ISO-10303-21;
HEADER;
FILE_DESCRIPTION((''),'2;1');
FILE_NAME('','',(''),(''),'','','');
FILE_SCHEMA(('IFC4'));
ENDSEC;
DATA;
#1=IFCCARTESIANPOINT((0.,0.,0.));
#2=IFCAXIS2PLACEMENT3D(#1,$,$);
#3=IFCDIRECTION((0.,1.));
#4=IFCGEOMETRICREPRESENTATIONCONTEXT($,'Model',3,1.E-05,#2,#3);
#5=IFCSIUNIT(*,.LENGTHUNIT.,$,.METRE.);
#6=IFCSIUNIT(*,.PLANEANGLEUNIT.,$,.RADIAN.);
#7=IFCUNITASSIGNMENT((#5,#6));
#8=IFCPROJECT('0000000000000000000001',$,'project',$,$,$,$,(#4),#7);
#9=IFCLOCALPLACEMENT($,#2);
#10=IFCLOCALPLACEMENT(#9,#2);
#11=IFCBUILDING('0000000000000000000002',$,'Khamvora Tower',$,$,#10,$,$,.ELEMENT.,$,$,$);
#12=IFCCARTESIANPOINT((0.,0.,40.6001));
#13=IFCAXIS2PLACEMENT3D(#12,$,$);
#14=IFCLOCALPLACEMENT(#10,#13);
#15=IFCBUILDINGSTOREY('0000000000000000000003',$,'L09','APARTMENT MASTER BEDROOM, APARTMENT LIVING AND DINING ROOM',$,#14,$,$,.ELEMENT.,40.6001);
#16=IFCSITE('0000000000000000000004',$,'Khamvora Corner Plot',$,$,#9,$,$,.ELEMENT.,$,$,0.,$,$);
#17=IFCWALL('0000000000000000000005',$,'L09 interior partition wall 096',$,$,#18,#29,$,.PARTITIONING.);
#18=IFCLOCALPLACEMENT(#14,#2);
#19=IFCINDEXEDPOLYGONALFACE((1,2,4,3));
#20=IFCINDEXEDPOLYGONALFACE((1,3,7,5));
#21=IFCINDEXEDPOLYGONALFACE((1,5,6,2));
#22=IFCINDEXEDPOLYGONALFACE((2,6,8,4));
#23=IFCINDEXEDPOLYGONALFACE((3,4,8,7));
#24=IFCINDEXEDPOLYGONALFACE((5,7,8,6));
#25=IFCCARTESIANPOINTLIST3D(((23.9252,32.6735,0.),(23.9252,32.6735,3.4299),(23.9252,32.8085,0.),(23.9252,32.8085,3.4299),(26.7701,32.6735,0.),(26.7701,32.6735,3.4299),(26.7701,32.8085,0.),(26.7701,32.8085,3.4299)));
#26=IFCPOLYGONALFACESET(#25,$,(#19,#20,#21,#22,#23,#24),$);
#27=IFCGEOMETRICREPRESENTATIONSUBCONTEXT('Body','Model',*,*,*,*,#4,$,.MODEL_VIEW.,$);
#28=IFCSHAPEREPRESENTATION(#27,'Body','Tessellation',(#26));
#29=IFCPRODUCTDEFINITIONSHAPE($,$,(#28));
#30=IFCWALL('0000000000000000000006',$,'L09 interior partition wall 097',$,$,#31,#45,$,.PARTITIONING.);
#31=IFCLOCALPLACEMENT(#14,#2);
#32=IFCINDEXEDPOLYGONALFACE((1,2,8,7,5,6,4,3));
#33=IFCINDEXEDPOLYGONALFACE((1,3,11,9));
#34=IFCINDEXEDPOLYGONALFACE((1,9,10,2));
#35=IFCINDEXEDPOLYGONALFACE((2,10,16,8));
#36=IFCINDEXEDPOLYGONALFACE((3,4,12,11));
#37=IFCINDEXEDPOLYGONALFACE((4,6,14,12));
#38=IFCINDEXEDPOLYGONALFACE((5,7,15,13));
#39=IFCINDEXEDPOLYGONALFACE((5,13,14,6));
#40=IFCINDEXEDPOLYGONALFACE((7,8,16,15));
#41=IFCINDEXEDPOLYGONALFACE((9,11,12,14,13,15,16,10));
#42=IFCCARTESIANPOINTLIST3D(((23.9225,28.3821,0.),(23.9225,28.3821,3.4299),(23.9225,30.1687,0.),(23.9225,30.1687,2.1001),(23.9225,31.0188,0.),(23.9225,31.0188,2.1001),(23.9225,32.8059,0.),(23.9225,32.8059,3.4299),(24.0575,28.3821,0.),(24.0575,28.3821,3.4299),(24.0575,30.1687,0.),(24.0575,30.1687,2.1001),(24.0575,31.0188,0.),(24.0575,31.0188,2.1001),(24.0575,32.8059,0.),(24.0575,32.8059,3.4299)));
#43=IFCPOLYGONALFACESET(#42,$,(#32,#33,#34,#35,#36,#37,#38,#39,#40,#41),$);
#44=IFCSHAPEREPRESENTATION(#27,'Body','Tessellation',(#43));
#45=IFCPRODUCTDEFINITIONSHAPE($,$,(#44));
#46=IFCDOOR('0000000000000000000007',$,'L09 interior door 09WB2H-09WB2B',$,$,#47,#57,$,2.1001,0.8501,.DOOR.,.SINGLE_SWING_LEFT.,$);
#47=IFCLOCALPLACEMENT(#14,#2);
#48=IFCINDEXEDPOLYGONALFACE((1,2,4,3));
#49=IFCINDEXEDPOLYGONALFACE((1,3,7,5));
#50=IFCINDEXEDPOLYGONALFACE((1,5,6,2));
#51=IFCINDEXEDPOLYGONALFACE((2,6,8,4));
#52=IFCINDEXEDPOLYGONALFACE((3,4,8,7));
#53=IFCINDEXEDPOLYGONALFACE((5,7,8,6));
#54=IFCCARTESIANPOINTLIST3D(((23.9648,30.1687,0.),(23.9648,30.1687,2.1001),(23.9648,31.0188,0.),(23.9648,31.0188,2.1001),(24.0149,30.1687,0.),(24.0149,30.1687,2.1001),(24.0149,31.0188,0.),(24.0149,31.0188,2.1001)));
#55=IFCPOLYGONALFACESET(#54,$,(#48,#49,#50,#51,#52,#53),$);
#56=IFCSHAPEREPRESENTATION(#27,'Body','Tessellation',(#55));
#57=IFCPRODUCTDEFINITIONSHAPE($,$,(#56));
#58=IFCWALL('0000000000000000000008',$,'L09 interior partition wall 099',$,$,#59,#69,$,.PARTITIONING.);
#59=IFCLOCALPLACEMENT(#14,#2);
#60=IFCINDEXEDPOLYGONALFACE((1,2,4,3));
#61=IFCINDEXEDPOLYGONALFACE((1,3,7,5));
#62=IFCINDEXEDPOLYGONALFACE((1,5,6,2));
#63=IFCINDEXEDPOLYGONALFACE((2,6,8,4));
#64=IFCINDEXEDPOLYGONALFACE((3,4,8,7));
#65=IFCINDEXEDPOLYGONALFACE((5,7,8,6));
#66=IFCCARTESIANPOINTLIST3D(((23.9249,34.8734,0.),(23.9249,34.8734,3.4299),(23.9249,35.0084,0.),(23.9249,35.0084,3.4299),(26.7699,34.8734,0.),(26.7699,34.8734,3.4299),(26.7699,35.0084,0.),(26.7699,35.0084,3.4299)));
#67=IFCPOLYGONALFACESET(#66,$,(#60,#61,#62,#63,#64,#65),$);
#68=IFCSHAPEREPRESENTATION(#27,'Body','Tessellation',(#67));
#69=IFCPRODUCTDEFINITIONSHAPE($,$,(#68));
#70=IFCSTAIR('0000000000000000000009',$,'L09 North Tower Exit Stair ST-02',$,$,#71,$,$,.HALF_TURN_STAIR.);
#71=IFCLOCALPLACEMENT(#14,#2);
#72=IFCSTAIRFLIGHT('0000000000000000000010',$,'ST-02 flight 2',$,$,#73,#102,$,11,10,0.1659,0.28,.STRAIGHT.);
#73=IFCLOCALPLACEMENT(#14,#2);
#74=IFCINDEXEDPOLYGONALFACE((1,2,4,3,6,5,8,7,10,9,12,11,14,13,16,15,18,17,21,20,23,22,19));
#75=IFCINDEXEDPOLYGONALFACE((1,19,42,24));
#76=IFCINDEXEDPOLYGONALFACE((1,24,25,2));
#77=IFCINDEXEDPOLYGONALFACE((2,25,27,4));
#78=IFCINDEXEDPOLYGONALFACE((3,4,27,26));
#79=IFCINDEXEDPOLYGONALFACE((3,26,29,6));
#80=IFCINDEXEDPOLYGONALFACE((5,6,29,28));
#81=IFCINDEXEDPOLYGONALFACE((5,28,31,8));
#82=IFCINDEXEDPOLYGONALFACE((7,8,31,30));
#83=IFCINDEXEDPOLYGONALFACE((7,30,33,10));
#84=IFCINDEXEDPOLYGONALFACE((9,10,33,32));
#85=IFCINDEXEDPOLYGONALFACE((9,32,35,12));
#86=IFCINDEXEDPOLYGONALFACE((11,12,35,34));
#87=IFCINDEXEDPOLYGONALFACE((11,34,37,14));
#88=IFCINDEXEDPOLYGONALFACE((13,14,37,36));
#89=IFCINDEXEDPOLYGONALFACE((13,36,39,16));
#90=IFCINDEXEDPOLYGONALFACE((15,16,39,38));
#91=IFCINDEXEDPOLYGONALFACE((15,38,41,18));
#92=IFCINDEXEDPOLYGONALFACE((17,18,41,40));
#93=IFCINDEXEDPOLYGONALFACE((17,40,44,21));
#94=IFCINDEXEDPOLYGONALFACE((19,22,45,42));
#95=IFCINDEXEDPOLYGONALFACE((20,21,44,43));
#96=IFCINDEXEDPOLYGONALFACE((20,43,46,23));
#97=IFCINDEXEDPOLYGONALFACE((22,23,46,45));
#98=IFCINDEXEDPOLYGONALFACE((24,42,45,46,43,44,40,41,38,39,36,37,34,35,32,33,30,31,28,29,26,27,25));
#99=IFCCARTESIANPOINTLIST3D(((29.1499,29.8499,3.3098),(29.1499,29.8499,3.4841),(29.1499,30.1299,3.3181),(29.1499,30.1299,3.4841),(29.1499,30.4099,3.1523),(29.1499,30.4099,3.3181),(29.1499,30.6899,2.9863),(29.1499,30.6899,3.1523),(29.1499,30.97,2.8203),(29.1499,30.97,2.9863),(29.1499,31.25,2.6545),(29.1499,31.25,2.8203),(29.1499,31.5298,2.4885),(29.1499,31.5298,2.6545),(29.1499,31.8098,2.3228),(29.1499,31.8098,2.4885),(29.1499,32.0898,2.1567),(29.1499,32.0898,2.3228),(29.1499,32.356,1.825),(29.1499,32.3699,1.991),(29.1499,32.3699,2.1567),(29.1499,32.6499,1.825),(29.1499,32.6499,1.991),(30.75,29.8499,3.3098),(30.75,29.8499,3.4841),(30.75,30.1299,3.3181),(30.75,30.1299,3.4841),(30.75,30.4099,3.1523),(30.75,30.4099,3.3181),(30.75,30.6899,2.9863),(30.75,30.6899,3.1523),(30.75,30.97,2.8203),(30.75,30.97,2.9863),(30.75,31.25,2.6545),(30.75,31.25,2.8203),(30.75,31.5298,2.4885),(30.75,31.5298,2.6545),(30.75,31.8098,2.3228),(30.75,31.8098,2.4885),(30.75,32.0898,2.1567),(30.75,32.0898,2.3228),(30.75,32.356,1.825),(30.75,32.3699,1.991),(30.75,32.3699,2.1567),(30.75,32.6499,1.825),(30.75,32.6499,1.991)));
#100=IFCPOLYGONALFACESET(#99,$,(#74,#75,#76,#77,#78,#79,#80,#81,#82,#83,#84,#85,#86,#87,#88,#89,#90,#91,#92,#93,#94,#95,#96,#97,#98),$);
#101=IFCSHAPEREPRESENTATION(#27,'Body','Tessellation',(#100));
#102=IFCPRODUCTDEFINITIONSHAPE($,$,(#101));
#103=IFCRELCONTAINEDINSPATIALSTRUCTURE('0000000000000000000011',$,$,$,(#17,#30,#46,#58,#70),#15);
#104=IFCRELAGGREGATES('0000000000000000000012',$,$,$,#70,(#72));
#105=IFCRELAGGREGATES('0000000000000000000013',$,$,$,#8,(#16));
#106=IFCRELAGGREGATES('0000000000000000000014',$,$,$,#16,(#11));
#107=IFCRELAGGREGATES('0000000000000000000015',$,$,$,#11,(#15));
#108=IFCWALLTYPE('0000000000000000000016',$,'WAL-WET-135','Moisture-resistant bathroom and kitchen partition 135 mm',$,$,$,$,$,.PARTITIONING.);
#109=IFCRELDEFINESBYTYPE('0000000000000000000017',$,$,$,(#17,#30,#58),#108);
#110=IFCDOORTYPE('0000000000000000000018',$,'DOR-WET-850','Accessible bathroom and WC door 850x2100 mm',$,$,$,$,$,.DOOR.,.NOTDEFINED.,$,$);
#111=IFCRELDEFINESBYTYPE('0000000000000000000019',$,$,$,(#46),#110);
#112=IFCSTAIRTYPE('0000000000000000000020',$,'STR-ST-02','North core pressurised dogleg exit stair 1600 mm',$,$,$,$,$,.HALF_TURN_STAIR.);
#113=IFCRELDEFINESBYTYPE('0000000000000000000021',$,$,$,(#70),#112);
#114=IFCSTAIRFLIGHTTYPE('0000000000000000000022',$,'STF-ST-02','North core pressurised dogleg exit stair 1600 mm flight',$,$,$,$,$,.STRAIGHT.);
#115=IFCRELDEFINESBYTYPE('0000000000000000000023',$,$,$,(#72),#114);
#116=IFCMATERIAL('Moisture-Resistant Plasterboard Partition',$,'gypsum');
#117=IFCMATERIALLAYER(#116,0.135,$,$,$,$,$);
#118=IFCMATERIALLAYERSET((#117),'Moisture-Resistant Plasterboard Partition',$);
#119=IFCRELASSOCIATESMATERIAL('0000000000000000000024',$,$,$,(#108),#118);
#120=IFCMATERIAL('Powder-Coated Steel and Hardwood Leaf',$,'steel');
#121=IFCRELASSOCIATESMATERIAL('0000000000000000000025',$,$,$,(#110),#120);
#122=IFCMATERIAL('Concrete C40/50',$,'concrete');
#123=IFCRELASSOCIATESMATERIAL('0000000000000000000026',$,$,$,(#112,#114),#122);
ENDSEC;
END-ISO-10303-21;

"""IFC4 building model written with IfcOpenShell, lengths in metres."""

from ifc_helpers import new_model, si_unit, direction, frame, frame_2d, origin, place, context, subcontext, project, spatial, polyline, rectangle, outline, extrude, material, layer, layer_set, type_object, element, fill, aggregate, save


model = new_model("IFC4")

# Units and contexts
model_context = context("Model", 3, precision=1e-05, world=origin(), true_north=direction((0.0, 1.0)))
body_context = subcontext(model_context, "Body", "Model", "MODEL_VIEW")
ifc_project = project(units=[si_unit("LENGTHUNIT", "METRE"), si_unit("PLANEANGLEUNIT", "RADIAN")], contexts=[model_context])

# Site, building, storey
site_placement = place(None, origin())
site = spatial("IfcSite", under=ifc_project, at=site_placement, Name="Khamvora Corner Plot", CompositionType="ELEMENT", RefElevation=0.0)
building_placement = place(site_placement, origin())
building = spatial("IfcBuilding", under=site, at=building_placement, Name="Khamvora Tower", CompositionType="ELEMENT")
storey_placement = place(building_placement, frame((0.0, 0.0, 40.6001)))
storey = spatial("IfcBuildingStorey", under=building, at=storey_placement, Name="L09", Description="APARTMENT MASTER BEDROOM, APARTMENT LIVING AND DINING ROOM", CompositionType="ELEMENT", Elevation=40.6001)

# Shared definitions
ifc_material_1 = material(Name="Powder-Coated Steel and Hardwood Leaf", Category="steel")

# Wall
ifc_material_2 = material(Name="Moisture-Resistant Plasterboard Partition", Category="gypsum")
ifc_layer_1 = layer(ifc_material_2, 0.135)
ifc_layer_set_1 = layer_set([ifc_layer_1], Name="Moisture-Resistant Plasterboard Partition")
wall_type_1 = type_object("IfcWallType", Name="WAL-WET-135", Description="Moisture-resistant bathroom and kitchen partition 135 mm", PredefinedType="PARTITIONING", material=ifc_layer_set_1)
wall_1_placement = place(storey_placement, frame((26.77, 32.741, 0.0), z_axis=(0.0, 0.0, 1.0), x_axis=(-1.0, 0.0, 0.0)))
element("IfcWall", 1, at=wall_1_placement, inside=storey, type_object=wall_type_1, Name="L09 interior partition wall 096", PredefinedType="PARTITIONING", context=body_context, shape_type="SweptSolid", body=[
    extrude(rectangle(XDim=2.845, YDim=0.135, at=frame_2d((1.4224, 0.0))), origin(), (0.0, 0.0, 1.0), 3.4299),
])

# Wall, opening, door
wall_2_placement = place(storey_placement, frame((23.99, 32.8059, 0.0), z_axis=(0.0, 0.0, 1.0), x_axis=(0.0, -1.0, 0.0)))
wall_2 = element("IfcWall", 2, at=wall_2_placement, inside=storey, type_object=wall_type_1, Name="L09 interior partition wall 097", PredefinedType="PARTITIONING", context=body_context, shape_type="SweptSolid", body=[
    extrude(rectangle(XDim=4.4238, YDim=0.135, at=frame_2d((2.2119, 0.0))), origin(), (0.0, 0.0, 1.0), 3.4299),
])
opening_1_placement = place(wall_2_placement, frame((1.7871, 0.0, 0.0)))
opening_1 = element("IfcOpeningElement", 3, at=opening_1_placement, cuts=wall_2, PredefinedType="OPENING", context=body_context, shape_type="SweptSolid", body=[
    extrude(rectangle(XDim=0.8501, YDim=2.1001, at=frame_2d((0.425, 1.05))), frame((0.0, 0.0774, 0.0), z_axis=(0.0, -1.0, 0.0), x_axis=(1.0, 0.0, 0.0)), (0.0, 0.0, 1.0), 0.155),
])
door_type_1 = type_object("IfcDoorType", Name="DOR-WET-850", Description="Accessible bathroom and WC door 850x2100 mm", OperationType="NOTDEFINED", PredefinedType="DOOR", material=ifc_material_1)
door_1_placement = place(opening_1_placement, origin())
door_1 = element("IfcDoor", 4, at=door_1_placement, inside=storey, type_object=door_type_1, Name="L09 interior door 09WB2H-09WB2B", OperationType="SINGLE_SWING_LEFT", OverallHeight=2.1001, OverallWidth=0.8501, PredefinedType="DOOR", context=body_context, shape_type="SweptSolid", body=[
    extrude(rectangle(XDim=0.8501, YDim=2.1001, at=frame_2d((0.425, 1.05))), frame((0.0, 0.0249, 0.0), z_axis=(0.0, -1.0, 0.0), x_axis=(1.0, 0.0, 0.0)), (0.0, 0.0, 1.0), 0.05),
])
fill(opening_1, door_1)

# Wall
wall_3_placement = place(storey_placement, frame((23.925, 34.9409, 0.0), z_axis=(0.0, 0.0, 1.0), x_axis=(1.0, 0.0, 0.0)))
element("IfcWall", 5, at=wall_3_placement, inside=storey, type_object=wall_type_1, Name="L09 interior partition wall 099", PredefinedType="PARTITIONING", context=body_context, shape_type="SweptSolid", body=[
    extrude(rectangle(XDim=2.845, YDim=0.135, at=frame_2d((1.4224, 0.0))), origin(), (0.0, 0.0, 1.0), 3.4299),
])

# Stair, stair flight
ifc_material_3 = material(Name="Concrete C40/50", Category="concrete")
stair_type = type_object("IfcStairType", Name="STR-ST-02", Description="North core pressurised dogleg exit stair 1600 mm", PredefinedType="HALF_TURN_STAIR", material=ifc_material_3)
stair_placement = place(storey_placement, origin())
stair = element("IfcStair", 6, at=stair_placement, inside=storey, type_object=stair_type, Name="L09 North Tower Exit Stair ST-02", PredefinedType="HALF_TURN_STAIR")
stair_flight_type = type_object("IfcStairFlightType", Name="STF-ST-02", Description="North core pressurised dogleg exit stair 1600 mm flight", PredefinedType="STRAIGHT", material=ifc_material_3)
stair_flight_placement = place(storey_placement, frame((29.95, 32.6499, 1.825), z_axis=(0.0, 0.0, 1.0), x_axis=(0.0, -1.0, 0.0)))
stair_flight = element("IfcStairFlight", 7, at=stair_flight_placement, type_object=stair_flight_type, Name="ST-02 flight 2", NumberOfRisers=11, NumberOfTreads=10, PredefinedType="STRAIGHT", RiserHeight=0.1659, TreadLength=0.28, context=body_context, shape_type="SweptSolid", body=[
    extrude(outline(polyline([(0.0, 0.0), (0.0, 0.166), (0.28, 0.166), (0.28, 0.3318), (0.5601, 0.3318), (0.5601, 0.4978), (0.8401, 0.4978), (0.8401, 0.6636), (1.1201, 0.6636), (1.1201, 0.8296), (1.3999, 0.8296), (1.3999, 0.9954), (1.6799, 0.9954), (1.6799, 1.1614), (1.96, 1.1614), (1.96, 1.3274), (2.24, 1.3274), (2.24, 1.4932), (2.52, 1.4932), (2.52, 1.6592), (2.8, 1.6592), (2.8, 1.825), (2.8, 1.4849), (0.2939, 0.0), (0.0, 0.0)])), frame((0.0, 0.8, 0.0), z_axis=(0.0, -1.0, 0.0), x_axis=(1.0, 0.0, 0.0)), (0.0, 0.0, 1.0), 1.6001),
])
aggregate(stair, [stair_flight])

save(model, "model.ifc")
